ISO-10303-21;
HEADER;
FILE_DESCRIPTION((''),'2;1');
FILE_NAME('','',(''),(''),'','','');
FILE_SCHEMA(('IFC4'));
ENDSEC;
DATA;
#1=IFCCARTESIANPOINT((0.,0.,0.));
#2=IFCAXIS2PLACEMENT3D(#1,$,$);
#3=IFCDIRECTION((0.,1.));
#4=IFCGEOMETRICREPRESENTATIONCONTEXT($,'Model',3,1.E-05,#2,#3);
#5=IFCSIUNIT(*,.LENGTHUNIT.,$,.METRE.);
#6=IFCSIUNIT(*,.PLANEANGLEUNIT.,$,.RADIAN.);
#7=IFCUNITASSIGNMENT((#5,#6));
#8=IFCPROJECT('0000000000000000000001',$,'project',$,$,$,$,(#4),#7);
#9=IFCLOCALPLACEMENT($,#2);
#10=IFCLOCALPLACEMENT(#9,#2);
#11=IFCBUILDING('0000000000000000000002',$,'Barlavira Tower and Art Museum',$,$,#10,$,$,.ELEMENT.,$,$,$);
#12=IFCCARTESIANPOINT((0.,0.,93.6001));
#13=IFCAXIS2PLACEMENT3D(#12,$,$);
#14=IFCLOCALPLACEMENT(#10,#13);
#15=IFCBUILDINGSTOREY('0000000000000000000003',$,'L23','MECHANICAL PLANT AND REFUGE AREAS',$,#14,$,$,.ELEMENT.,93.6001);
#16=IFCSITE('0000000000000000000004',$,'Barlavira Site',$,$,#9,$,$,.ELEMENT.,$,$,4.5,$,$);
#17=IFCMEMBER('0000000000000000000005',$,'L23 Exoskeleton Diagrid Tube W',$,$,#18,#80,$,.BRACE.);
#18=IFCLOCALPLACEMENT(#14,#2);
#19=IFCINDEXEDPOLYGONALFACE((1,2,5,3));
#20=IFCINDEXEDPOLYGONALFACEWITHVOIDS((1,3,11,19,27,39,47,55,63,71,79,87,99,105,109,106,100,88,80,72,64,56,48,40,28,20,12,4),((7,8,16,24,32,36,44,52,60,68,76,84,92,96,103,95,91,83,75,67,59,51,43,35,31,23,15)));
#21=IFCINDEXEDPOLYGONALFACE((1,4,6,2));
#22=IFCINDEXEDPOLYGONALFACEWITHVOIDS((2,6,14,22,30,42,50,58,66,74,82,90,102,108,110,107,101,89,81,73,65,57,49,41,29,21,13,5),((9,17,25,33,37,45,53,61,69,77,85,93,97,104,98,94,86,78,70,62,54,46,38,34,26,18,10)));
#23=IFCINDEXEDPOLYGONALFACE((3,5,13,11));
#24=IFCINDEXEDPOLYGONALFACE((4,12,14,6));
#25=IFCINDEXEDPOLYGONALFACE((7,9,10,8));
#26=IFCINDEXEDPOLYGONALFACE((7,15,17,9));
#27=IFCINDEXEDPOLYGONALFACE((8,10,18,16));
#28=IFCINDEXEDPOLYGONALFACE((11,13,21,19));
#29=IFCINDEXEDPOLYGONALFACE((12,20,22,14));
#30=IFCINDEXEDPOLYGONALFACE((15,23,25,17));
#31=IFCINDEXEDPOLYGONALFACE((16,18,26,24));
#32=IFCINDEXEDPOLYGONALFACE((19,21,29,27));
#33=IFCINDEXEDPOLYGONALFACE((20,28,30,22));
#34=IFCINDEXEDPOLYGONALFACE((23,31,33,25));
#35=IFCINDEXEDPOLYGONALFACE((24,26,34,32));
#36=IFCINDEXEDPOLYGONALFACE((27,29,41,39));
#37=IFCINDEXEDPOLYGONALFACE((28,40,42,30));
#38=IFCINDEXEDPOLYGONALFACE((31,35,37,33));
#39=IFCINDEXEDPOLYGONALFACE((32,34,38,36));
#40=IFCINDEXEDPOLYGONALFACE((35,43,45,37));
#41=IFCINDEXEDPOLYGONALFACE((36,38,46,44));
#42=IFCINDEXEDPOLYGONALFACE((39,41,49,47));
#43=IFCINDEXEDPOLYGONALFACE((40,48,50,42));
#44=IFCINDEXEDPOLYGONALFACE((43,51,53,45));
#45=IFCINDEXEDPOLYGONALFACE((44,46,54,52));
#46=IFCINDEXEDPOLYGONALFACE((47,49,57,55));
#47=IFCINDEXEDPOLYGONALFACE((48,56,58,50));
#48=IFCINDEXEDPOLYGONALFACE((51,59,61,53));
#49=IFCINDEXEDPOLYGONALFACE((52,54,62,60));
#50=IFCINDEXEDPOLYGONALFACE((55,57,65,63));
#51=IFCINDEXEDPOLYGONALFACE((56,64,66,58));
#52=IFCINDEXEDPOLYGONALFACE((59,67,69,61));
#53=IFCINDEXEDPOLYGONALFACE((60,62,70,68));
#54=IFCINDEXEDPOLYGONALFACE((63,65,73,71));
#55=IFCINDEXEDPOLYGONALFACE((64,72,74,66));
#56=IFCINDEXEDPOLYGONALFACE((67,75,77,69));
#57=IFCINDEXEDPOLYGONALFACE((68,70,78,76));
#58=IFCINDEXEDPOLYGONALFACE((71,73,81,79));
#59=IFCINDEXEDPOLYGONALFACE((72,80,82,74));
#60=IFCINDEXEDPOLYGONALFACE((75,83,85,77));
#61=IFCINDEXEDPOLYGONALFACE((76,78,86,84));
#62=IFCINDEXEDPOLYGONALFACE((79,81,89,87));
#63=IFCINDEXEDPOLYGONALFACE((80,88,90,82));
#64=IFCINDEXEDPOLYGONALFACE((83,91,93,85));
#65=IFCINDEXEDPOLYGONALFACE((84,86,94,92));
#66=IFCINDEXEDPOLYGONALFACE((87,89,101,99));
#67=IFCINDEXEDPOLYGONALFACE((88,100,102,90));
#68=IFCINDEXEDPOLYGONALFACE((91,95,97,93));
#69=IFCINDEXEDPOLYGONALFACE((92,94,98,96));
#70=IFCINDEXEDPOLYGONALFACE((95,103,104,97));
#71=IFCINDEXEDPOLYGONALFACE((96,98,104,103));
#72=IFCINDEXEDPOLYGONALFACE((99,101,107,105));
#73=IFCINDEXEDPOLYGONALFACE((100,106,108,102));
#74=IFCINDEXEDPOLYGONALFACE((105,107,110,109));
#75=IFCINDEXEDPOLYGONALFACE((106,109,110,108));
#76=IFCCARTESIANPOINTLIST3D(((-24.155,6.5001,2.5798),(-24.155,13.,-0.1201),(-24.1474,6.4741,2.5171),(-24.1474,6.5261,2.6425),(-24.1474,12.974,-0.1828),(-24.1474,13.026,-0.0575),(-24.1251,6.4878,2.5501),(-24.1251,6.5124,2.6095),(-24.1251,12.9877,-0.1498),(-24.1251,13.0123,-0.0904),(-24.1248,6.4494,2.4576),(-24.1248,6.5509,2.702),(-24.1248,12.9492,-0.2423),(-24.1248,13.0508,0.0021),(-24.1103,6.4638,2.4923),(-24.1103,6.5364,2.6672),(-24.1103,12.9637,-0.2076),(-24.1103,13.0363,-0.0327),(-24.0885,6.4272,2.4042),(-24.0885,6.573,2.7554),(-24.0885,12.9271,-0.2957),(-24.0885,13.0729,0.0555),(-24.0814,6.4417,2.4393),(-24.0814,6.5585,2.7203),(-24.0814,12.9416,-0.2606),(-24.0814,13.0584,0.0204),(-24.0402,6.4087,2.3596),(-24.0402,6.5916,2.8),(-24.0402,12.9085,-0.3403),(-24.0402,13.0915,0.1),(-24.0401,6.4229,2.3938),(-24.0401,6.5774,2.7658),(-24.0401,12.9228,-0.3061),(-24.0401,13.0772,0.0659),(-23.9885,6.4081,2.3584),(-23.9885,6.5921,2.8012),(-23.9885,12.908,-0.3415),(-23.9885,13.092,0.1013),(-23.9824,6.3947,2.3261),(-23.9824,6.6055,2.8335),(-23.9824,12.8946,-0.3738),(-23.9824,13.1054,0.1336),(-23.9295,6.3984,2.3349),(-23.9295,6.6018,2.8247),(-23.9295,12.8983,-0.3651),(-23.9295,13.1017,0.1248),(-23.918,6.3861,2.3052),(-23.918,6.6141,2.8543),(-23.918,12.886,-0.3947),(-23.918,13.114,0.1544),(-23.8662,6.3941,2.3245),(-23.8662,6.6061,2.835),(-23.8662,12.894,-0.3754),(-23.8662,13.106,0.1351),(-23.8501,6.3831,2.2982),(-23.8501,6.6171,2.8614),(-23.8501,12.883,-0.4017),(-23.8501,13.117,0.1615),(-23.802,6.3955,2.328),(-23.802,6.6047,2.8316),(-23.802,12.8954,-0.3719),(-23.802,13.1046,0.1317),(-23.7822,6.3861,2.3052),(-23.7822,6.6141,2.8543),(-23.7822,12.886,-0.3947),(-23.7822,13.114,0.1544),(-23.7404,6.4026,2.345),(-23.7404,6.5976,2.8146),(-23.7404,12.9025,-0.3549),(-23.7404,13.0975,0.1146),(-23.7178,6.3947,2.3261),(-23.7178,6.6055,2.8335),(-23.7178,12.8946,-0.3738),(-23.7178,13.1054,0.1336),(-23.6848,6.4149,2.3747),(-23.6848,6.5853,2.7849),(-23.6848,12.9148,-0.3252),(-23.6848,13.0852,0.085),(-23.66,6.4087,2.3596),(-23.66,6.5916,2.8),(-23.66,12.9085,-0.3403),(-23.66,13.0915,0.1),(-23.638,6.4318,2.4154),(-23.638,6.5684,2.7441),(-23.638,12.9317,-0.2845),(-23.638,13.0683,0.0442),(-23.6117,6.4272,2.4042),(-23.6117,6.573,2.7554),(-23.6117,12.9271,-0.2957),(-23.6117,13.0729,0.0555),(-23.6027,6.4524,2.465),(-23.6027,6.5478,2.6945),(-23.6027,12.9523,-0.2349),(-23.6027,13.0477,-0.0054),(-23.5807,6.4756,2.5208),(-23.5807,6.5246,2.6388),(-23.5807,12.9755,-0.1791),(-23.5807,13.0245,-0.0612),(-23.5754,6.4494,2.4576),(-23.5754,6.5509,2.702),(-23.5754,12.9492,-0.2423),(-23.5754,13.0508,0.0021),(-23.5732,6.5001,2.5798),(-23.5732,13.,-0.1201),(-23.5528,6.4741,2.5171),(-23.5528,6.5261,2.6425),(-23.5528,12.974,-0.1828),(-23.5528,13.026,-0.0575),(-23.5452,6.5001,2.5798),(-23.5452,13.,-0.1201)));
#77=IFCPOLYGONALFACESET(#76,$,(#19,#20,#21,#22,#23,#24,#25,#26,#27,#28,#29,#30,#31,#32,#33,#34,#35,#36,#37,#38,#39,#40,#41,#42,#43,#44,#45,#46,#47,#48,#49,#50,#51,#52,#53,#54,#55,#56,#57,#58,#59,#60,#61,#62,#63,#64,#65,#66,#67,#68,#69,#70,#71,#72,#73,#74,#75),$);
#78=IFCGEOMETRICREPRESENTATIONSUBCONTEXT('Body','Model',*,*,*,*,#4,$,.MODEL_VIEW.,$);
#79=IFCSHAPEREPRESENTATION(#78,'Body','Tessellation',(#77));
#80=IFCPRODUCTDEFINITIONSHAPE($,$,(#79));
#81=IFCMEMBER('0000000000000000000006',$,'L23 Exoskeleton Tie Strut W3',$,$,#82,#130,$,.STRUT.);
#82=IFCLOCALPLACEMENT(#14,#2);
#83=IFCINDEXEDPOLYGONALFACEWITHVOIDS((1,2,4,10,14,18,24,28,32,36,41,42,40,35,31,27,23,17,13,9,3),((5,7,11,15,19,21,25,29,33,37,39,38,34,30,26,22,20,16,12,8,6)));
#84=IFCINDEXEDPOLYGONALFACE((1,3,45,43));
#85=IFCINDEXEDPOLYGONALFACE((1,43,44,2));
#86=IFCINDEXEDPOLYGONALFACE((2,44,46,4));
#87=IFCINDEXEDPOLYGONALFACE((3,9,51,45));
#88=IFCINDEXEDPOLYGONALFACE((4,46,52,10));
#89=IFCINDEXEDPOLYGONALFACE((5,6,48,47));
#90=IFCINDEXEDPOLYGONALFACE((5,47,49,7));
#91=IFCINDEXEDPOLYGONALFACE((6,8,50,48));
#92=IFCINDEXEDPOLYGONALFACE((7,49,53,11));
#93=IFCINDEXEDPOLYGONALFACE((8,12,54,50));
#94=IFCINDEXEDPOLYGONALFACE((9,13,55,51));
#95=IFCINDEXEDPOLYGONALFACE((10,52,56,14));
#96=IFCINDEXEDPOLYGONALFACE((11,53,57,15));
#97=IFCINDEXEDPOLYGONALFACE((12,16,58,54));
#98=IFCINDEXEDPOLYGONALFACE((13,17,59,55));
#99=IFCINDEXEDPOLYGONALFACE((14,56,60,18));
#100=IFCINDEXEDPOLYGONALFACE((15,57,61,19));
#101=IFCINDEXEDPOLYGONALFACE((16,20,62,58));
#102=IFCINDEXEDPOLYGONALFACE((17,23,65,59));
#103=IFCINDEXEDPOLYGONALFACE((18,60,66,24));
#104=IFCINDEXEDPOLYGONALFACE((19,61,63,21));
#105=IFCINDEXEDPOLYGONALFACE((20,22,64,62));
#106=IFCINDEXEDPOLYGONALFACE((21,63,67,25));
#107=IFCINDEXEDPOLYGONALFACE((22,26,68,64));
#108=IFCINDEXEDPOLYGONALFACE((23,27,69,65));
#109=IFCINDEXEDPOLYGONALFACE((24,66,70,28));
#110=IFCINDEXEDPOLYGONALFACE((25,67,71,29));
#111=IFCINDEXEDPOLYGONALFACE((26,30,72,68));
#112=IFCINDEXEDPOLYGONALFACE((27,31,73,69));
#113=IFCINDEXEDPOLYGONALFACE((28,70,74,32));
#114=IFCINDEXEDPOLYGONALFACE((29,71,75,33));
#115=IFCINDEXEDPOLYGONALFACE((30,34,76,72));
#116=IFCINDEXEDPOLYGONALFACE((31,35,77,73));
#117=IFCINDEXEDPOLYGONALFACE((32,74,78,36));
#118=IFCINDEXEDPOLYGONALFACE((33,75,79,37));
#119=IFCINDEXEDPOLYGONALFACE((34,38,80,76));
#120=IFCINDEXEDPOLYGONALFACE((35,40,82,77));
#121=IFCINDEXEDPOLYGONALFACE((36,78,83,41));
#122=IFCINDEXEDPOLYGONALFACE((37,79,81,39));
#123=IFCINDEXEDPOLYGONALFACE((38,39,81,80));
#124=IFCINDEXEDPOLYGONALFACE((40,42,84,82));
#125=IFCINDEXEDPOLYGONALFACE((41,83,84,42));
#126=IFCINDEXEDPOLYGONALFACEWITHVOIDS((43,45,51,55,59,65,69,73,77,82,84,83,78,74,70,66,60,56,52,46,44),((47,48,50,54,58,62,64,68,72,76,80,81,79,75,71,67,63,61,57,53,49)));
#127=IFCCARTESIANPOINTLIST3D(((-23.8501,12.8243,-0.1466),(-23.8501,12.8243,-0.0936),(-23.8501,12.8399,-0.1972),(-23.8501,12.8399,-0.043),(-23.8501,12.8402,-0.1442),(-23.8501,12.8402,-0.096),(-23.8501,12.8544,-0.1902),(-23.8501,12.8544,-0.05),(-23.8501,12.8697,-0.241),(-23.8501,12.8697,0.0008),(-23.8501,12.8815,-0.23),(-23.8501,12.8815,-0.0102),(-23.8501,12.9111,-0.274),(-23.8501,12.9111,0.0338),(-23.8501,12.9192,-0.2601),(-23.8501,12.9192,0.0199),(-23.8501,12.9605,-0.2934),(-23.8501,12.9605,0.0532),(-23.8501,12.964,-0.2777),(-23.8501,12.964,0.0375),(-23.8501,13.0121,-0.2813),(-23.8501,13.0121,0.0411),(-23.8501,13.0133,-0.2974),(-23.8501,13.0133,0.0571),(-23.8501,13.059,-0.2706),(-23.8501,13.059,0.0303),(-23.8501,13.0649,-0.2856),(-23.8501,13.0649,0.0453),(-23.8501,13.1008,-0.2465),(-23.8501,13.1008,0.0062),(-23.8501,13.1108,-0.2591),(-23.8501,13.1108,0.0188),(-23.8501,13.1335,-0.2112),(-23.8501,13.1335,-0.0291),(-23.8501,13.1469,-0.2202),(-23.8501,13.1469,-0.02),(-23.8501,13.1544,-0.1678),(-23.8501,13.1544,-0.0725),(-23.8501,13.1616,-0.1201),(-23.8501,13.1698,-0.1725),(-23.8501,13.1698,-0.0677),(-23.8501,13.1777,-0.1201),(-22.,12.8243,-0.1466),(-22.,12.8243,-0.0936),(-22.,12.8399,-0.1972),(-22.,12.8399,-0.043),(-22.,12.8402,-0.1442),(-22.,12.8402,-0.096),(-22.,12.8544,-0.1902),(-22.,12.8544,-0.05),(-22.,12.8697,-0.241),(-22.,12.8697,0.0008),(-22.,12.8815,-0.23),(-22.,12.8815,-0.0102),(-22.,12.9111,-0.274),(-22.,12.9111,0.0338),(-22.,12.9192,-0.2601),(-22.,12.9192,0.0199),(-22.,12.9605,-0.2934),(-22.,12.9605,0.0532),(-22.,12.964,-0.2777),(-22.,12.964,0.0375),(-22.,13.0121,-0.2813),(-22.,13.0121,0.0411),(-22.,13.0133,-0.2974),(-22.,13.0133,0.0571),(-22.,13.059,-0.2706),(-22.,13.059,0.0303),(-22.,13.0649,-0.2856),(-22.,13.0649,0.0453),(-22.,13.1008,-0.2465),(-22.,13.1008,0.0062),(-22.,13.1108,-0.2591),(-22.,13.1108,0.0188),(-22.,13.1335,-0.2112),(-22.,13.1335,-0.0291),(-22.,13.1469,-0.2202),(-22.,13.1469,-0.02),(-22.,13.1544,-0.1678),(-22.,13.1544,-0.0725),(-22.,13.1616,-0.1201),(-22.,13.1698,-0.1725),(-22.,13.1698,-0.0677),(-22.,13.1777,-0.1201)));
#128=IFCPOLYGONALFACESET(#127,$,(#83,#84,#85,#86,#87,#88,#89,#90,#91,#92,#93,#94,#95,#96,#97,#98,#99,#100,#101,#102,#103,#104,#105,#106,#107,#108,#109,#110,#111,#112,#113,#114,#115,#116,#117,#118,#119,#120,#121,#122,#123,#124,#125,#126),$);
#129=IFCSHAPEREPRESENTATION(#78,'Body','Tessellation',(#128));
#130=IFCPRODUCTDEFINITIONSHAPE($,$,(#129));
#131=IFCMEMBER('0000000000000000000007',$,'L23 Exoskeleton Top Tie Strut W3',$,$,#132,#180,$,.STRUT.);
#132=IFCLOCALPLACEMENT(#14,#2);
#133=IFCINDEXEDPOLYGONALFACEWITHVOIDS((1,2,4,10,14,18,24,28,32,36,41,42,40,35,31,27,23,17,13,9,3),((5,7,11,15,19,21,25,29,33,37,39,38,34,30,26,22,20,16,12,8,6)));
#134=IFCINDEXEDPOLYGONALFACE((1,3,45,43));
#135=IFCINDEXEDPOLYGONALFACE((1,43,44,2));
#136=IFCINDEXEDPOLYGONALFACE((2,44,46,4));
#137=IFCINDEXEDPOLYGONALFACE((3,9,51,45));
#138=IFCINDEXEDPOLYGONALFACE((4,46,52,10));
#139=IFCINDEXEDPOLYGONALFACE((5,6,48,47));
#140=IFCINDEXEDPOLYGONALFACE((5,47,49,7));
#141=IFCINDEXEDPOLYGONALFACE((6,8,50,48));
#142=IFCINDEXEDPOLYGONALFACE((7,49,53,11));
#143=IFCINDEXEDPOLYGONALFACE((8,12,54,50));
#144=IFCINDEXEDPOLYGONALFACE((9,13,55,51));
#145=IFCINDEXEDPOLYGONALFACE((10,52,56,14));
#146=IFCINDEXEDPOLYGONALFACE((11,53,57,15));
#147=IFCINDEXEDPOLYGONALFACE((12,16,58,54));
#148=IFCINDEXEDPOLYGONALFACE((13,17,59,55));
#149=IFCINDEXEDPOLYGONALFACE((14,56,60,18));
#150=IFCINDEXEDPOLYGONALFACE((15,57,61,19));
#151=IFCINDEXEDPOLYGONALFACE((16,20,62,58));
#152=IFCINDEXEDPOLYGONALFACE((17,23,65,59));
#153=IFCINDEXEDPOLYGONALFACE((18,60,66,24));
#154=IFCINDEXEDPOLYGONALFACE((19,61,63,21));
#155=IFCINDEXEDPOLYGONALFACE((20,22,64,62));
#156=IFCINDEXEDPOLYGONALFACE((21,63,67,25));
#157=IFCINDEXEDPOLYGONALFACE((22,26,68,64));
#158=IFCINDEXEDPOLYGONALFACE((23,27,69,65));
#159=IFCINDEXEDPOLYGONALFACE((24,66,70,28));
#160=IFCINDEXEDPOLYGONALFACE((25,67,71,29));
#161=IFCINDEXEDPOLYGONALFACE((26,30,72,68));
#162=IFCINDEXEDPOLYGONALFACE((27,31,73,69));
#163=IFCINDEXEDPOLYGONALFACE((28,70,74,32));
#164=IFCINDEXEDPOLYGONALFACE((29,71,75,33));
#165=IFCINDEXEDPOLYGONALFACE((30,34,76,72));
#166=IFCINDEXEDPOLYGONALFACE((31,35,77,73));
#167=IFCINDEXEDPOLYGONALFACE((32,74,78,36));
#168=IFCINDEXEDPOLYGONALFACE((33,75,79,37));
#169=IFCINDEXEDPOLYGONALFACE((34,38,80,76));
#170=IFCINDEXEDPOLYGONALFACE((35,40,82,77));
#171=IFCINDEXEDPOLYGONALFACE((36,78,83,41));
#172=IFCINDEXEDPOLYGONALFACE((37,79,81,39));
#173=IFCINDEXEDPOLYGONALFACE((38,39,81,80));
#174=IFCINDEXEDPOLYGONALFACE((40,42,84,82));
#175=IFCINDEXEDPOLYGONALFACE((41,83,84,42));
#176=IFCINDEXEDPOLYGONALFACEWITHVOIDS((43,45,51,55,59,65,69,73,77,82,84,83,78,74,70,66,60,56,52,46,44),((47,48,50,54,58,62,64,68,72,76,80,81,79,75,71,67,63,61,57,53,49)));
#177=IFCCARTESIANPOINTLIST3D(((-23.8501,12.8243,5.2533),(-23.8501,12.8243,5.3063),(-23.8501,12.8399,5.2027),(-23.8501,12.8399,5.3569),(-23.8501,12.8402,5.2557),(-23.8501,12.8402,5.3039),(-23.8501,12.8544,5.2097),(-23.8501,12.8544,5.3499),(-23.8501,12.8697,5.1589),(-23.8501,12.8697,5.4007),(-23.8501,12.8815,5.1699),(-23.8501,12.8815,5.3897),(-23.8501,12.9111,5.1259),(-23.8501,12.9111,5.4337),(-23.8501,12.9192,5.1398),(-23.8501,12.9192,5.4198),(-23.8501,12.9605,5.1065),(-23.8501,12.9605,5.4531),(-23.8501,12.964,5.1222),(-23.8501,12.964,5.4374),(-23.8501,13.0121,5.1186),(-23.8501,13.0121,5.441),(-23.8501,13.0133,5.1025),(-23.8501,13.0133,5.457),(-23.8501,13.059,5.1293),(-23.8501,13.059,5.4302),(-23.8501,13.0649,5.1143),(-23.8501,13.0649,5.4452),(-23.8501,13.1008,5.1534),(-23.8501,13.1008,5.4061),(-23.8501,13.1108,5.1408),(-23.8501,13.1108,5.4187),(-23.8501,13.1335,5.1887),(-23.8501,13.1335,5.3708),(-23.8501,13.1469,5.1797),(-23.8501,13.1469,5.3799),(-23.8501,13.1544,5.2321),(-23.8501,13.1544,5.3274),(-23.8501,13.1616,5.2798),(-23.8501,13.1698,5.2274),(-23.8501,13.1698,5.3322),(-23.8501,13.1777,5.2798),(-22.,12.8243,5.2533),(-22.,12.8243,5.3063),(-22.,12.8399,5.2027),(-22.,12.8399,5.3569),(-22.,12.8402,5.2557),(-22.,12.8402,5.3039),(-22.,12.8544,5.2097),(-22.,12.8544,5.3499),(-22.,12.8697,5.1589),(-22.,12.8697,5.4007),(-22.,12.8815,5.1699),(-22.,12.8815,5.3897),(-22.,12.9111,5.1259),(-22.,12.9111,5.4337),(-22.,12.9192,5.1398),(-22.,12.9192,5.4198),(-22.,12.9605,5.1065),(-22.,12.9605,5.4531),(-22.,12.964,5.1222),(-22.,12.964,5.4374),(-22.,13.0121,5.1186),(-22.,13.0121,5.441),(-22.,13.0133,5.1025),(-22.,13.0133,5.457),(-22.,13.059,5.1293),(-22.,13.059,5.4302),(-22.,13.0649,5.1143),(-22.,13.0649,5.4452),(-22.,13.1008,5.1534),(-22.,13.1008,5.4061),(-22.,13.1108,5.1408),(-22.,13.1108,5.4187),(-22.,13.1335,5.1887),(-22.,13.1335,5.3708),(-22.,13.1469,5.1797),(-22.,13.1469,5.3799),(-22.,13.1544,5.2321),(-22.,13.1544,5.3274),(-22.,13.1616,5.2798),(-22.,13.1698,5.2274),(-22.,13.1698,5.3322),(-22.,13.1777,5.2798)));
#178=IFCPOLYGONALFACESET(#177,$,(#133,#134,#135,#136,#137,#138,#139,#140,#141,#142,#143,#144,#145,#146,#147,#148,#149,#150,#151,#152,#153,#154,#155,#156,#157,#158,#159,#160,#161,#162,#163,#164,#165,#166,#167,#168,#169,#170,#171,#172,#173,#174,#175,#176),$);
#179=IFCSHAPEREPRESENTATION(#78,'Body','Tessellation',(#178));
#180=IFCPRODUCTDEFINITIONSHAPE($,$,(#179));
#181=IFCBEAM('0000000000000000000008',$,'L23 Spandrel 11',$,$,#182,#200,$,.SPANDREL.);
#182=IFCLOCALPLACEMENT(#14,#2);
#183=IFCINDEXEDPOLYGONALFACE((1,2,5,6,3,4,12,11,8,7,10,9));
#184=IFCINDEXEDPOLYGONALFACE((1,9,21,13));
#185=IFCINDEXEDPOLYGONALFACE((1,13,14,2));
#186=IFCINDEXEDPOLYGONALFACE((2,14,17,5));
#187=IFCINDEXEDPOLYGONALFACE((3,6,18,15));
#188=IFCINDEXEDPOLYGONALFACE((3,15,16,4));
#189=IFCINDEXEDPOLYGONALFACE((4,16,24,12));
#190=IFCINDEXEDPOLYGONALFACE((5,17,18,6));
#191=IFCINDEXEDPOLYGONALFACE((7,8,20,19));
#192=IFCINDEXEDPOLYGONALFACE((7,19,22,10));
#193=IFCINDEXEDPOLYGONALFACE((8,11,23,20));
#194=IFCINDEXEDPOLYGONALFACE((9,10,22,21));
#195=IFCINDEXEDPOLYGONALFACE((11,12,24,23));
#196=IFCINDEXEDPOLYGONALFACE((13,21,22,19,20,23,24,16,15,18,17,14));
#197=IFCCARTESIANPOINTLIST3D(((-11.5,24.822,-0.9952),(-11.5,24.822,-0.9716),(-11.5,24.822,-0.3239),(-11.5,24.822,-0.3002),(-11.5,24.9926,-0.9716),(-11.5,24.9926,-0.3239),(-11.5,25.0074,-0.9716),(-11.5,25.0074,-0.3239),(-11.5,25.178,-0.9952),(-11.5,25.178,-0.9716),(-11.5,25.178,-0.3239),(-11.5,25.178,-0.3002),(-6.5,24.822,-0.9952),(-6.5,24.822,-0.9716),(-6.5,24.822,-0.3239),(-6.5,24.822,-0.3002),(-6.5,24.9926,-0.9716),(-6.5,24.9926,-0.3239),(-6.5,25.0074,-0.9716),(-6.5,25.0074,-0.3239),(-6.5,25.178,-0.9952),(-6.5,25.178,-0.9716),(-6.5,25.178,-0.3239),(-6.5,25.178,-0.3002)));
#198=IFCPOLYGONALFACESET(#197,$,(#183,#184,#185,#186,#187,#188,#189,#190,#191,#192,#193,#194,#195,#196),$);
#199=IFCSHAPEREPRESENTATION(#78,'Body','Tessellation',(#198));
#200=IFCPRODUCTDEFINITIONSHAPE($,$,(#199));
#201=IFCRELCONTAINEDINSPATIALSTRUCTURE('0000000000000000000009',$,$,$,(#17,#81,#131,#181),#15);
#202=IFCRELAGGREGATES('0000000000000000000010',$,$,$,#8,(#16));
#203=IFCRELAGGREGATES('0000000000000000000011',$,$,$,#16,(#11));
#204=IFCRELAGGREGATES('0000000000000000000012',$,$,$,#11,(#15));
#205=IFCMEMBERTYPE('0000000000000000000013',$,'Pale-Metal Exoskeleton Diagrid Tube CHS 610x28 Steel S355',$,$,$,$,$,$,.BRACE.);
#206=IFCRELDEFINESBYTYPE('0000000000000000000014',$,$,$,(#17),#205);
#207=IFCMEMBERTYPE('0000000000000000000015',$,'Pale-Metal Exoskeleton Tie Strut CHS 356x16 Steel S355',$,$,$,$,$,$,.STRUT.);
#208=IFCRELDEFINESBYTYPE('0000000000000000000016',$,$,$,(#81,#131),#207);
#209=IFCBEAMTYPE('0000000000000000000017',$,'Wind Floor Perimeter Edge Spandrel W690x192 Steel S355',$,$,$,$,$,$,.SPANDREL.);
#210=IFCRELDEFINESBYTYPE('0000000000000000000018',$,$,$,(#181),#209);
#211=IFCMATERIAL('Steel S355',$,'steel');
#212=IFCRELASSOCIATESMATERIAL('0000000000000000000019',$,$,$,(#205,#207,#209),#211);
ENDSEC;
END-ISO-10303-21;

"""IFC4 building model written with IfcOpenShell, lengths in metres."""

from ifc_helpers import new_model, si_unit, direction, frame, origin, origin_2d, place, context, subcontext, project, spatial, hollow_circle, i_section, extrude, material, material_profile, profile_set, type_object, element, save


model = new_model("IFC4")

# Units and contexts
model_context = context("Model", 3, precision=1e-05, world=origin(), true_north=direction((0.0, 1.0)))
body_context = subcontext(model_context, "Body", "Model", "MODEL_VIEW")
ifc_project = project(units=[si_unit("LENGTHUNIT", "METRE"), si_unit("PLANEANGLEUNIT", "RADIAN")], contexts=[model_context])

# Site, building, storey
site_placement = place(None, origin())
site = spatial("IfcSite", under=ifc_project, at=site_placement, Name="Barlavira Site", CompositionType="ELEMENT", RefElevation=4.5)
building_placement = place(site_placement, origin())
building = spatial("IfcBuilding", under=site, at=building_placement, Name="Barlavira Tower and Art Museum", CompositionType="ELEMENT")
storey_placement = place(building_placement, frame((0.0, 0.0, 93.6001)))
storey = spatial("IfcBuildingStorey", under=building, at=storey_placement, Name="L23", Description="MECHANICAL PLANT AND REFUGE AREAS", CompositionType="ELEMENT", Elevation=93.6001)

# Members
ifc_material_1 = material(Name="Steel S355", Category="steel")
ifc_material_profile_1 = material_profile(ifc_material_1, hollow_circle(Radius=0.3049, WallThickness=0.0281, at=origin_2d()), Name="CHS 610.0x28.0")
ifc_profile_set_1 = profile_set([ifc_material_profile_1], Name="Steel S355")
member_type_1 = type_object("IfcMemberType", Name="Pale-Metal Exoskeleton Diagrid Tube CHS 610x28 Steel S355", PredefinedType="BRACE", material=ifc_profile_set_1)
member_1_placement = place(storey_placement, frame((-23.8501, 13.0, -0.1201), z_axis=(0.0, -0.923499, 0.3836), x_axis=(1.0, 0.0, 0.0)))
element("IfcMember", 1, at=member_1_placement, inside=storey, type_object=member_type_1, Name="L23 Exoskeleton Diagrid Tube W", PredefinedType="BRACE", context=body_context, shape_type="SweptSolid", body=[
    extrude(hollow_circle(Radius=0.3049, WallThickness=0.0281, at=origin_2d()), origin(), (0.0, 0.0, 1.0), 7.0383),
])
ifc_material_profile_2 = material_profile(ifc_material_1, hollow_circle(Radius=0.1777, WallThickness=0.0161, at=origin_2d()), Name="CHS 355.6x16.0")
ifc_profile_set_2 = profile_set([ifc_material_profile_2], Name="Steel S355")
member_type_2 = type_object("IfcMemberType", Name="Pale-Metal Exoskeleton Tie Strut CHS 356x16 Steel S355", PredefinedType="STRUT", material=ifc_profile_set_2)
for number, where, z_axis, x_axis, name in (
    (2, (-23.8501, 13.0, -0.1201), (1.0, 0.0, 0.0), (0.0, 1.0, 0.0), "L23 Exoskeleton Tie Strut W3"),
    (3, (-23.8501, 13.0, 5.2798), (1.0, 0.0, 0.0), (0.0, 1.0, 0.0), "L23 Exoskeleton Top Tie Strut W3"),
):
    element("IfcMember", number, at=place(storey_placement, frame(where, z_axis=z_axis, x_axis=x_axis)), inside=storey, type_object=member_type_2, Name=name, PredefinedType="STRUT", context=body_context, shape_type="SweptSolid", body=[
        extrude(hollow_circle(Radius=0.1777, WallThickness=0.0161, at=origin_2d()), origin(), (0.0, 0.0, 1.0), 1.8501),
    ])

# Beam
ifc_material_profile_3 = material_profile(ifc_material_1, i_section(OverallWidth=0.356, OverallDepth=0.6951, WebThickness=0.0149, FlangeThickness=0.0237, at=origin_2d()), Name="W690x192.0")
ifc_profile_set_3 = profile_set([ifc_material_profile_3], Name="Steel S355")
beam_type_1 = type_object("IfcBeamType", Name="Wind Floor Perimeter Edge Spandrel W690x192 Steel S355", PredefinedType="SPANDREL", material=ifc_profile_set_3)
beam_1_placement = place(storey_placement, frame((-11.5, 25.0, -0.6477), z_axis=(1.0, 0.0, 0.0), x_axis=(0.0, 1.0, 0.0)))
element("IfcBeam", 4, at=beam_1_placement, inside=storey, type_object=beam_type_1, Name="L23 Spandrel 11", PredefinedType="SPANDREL", context=body_context, shape_type="SweptSolid", body=[
    extrude(i_section(OverallWidth=0.356, OverallDepth=0.6951, WebThickness=0.0149, FlangeThickness=0.0237, at=origin_2d()), origin(), (0.0, 0.0, 1.0), 5.0),
])

save(model, "model.ifc")
